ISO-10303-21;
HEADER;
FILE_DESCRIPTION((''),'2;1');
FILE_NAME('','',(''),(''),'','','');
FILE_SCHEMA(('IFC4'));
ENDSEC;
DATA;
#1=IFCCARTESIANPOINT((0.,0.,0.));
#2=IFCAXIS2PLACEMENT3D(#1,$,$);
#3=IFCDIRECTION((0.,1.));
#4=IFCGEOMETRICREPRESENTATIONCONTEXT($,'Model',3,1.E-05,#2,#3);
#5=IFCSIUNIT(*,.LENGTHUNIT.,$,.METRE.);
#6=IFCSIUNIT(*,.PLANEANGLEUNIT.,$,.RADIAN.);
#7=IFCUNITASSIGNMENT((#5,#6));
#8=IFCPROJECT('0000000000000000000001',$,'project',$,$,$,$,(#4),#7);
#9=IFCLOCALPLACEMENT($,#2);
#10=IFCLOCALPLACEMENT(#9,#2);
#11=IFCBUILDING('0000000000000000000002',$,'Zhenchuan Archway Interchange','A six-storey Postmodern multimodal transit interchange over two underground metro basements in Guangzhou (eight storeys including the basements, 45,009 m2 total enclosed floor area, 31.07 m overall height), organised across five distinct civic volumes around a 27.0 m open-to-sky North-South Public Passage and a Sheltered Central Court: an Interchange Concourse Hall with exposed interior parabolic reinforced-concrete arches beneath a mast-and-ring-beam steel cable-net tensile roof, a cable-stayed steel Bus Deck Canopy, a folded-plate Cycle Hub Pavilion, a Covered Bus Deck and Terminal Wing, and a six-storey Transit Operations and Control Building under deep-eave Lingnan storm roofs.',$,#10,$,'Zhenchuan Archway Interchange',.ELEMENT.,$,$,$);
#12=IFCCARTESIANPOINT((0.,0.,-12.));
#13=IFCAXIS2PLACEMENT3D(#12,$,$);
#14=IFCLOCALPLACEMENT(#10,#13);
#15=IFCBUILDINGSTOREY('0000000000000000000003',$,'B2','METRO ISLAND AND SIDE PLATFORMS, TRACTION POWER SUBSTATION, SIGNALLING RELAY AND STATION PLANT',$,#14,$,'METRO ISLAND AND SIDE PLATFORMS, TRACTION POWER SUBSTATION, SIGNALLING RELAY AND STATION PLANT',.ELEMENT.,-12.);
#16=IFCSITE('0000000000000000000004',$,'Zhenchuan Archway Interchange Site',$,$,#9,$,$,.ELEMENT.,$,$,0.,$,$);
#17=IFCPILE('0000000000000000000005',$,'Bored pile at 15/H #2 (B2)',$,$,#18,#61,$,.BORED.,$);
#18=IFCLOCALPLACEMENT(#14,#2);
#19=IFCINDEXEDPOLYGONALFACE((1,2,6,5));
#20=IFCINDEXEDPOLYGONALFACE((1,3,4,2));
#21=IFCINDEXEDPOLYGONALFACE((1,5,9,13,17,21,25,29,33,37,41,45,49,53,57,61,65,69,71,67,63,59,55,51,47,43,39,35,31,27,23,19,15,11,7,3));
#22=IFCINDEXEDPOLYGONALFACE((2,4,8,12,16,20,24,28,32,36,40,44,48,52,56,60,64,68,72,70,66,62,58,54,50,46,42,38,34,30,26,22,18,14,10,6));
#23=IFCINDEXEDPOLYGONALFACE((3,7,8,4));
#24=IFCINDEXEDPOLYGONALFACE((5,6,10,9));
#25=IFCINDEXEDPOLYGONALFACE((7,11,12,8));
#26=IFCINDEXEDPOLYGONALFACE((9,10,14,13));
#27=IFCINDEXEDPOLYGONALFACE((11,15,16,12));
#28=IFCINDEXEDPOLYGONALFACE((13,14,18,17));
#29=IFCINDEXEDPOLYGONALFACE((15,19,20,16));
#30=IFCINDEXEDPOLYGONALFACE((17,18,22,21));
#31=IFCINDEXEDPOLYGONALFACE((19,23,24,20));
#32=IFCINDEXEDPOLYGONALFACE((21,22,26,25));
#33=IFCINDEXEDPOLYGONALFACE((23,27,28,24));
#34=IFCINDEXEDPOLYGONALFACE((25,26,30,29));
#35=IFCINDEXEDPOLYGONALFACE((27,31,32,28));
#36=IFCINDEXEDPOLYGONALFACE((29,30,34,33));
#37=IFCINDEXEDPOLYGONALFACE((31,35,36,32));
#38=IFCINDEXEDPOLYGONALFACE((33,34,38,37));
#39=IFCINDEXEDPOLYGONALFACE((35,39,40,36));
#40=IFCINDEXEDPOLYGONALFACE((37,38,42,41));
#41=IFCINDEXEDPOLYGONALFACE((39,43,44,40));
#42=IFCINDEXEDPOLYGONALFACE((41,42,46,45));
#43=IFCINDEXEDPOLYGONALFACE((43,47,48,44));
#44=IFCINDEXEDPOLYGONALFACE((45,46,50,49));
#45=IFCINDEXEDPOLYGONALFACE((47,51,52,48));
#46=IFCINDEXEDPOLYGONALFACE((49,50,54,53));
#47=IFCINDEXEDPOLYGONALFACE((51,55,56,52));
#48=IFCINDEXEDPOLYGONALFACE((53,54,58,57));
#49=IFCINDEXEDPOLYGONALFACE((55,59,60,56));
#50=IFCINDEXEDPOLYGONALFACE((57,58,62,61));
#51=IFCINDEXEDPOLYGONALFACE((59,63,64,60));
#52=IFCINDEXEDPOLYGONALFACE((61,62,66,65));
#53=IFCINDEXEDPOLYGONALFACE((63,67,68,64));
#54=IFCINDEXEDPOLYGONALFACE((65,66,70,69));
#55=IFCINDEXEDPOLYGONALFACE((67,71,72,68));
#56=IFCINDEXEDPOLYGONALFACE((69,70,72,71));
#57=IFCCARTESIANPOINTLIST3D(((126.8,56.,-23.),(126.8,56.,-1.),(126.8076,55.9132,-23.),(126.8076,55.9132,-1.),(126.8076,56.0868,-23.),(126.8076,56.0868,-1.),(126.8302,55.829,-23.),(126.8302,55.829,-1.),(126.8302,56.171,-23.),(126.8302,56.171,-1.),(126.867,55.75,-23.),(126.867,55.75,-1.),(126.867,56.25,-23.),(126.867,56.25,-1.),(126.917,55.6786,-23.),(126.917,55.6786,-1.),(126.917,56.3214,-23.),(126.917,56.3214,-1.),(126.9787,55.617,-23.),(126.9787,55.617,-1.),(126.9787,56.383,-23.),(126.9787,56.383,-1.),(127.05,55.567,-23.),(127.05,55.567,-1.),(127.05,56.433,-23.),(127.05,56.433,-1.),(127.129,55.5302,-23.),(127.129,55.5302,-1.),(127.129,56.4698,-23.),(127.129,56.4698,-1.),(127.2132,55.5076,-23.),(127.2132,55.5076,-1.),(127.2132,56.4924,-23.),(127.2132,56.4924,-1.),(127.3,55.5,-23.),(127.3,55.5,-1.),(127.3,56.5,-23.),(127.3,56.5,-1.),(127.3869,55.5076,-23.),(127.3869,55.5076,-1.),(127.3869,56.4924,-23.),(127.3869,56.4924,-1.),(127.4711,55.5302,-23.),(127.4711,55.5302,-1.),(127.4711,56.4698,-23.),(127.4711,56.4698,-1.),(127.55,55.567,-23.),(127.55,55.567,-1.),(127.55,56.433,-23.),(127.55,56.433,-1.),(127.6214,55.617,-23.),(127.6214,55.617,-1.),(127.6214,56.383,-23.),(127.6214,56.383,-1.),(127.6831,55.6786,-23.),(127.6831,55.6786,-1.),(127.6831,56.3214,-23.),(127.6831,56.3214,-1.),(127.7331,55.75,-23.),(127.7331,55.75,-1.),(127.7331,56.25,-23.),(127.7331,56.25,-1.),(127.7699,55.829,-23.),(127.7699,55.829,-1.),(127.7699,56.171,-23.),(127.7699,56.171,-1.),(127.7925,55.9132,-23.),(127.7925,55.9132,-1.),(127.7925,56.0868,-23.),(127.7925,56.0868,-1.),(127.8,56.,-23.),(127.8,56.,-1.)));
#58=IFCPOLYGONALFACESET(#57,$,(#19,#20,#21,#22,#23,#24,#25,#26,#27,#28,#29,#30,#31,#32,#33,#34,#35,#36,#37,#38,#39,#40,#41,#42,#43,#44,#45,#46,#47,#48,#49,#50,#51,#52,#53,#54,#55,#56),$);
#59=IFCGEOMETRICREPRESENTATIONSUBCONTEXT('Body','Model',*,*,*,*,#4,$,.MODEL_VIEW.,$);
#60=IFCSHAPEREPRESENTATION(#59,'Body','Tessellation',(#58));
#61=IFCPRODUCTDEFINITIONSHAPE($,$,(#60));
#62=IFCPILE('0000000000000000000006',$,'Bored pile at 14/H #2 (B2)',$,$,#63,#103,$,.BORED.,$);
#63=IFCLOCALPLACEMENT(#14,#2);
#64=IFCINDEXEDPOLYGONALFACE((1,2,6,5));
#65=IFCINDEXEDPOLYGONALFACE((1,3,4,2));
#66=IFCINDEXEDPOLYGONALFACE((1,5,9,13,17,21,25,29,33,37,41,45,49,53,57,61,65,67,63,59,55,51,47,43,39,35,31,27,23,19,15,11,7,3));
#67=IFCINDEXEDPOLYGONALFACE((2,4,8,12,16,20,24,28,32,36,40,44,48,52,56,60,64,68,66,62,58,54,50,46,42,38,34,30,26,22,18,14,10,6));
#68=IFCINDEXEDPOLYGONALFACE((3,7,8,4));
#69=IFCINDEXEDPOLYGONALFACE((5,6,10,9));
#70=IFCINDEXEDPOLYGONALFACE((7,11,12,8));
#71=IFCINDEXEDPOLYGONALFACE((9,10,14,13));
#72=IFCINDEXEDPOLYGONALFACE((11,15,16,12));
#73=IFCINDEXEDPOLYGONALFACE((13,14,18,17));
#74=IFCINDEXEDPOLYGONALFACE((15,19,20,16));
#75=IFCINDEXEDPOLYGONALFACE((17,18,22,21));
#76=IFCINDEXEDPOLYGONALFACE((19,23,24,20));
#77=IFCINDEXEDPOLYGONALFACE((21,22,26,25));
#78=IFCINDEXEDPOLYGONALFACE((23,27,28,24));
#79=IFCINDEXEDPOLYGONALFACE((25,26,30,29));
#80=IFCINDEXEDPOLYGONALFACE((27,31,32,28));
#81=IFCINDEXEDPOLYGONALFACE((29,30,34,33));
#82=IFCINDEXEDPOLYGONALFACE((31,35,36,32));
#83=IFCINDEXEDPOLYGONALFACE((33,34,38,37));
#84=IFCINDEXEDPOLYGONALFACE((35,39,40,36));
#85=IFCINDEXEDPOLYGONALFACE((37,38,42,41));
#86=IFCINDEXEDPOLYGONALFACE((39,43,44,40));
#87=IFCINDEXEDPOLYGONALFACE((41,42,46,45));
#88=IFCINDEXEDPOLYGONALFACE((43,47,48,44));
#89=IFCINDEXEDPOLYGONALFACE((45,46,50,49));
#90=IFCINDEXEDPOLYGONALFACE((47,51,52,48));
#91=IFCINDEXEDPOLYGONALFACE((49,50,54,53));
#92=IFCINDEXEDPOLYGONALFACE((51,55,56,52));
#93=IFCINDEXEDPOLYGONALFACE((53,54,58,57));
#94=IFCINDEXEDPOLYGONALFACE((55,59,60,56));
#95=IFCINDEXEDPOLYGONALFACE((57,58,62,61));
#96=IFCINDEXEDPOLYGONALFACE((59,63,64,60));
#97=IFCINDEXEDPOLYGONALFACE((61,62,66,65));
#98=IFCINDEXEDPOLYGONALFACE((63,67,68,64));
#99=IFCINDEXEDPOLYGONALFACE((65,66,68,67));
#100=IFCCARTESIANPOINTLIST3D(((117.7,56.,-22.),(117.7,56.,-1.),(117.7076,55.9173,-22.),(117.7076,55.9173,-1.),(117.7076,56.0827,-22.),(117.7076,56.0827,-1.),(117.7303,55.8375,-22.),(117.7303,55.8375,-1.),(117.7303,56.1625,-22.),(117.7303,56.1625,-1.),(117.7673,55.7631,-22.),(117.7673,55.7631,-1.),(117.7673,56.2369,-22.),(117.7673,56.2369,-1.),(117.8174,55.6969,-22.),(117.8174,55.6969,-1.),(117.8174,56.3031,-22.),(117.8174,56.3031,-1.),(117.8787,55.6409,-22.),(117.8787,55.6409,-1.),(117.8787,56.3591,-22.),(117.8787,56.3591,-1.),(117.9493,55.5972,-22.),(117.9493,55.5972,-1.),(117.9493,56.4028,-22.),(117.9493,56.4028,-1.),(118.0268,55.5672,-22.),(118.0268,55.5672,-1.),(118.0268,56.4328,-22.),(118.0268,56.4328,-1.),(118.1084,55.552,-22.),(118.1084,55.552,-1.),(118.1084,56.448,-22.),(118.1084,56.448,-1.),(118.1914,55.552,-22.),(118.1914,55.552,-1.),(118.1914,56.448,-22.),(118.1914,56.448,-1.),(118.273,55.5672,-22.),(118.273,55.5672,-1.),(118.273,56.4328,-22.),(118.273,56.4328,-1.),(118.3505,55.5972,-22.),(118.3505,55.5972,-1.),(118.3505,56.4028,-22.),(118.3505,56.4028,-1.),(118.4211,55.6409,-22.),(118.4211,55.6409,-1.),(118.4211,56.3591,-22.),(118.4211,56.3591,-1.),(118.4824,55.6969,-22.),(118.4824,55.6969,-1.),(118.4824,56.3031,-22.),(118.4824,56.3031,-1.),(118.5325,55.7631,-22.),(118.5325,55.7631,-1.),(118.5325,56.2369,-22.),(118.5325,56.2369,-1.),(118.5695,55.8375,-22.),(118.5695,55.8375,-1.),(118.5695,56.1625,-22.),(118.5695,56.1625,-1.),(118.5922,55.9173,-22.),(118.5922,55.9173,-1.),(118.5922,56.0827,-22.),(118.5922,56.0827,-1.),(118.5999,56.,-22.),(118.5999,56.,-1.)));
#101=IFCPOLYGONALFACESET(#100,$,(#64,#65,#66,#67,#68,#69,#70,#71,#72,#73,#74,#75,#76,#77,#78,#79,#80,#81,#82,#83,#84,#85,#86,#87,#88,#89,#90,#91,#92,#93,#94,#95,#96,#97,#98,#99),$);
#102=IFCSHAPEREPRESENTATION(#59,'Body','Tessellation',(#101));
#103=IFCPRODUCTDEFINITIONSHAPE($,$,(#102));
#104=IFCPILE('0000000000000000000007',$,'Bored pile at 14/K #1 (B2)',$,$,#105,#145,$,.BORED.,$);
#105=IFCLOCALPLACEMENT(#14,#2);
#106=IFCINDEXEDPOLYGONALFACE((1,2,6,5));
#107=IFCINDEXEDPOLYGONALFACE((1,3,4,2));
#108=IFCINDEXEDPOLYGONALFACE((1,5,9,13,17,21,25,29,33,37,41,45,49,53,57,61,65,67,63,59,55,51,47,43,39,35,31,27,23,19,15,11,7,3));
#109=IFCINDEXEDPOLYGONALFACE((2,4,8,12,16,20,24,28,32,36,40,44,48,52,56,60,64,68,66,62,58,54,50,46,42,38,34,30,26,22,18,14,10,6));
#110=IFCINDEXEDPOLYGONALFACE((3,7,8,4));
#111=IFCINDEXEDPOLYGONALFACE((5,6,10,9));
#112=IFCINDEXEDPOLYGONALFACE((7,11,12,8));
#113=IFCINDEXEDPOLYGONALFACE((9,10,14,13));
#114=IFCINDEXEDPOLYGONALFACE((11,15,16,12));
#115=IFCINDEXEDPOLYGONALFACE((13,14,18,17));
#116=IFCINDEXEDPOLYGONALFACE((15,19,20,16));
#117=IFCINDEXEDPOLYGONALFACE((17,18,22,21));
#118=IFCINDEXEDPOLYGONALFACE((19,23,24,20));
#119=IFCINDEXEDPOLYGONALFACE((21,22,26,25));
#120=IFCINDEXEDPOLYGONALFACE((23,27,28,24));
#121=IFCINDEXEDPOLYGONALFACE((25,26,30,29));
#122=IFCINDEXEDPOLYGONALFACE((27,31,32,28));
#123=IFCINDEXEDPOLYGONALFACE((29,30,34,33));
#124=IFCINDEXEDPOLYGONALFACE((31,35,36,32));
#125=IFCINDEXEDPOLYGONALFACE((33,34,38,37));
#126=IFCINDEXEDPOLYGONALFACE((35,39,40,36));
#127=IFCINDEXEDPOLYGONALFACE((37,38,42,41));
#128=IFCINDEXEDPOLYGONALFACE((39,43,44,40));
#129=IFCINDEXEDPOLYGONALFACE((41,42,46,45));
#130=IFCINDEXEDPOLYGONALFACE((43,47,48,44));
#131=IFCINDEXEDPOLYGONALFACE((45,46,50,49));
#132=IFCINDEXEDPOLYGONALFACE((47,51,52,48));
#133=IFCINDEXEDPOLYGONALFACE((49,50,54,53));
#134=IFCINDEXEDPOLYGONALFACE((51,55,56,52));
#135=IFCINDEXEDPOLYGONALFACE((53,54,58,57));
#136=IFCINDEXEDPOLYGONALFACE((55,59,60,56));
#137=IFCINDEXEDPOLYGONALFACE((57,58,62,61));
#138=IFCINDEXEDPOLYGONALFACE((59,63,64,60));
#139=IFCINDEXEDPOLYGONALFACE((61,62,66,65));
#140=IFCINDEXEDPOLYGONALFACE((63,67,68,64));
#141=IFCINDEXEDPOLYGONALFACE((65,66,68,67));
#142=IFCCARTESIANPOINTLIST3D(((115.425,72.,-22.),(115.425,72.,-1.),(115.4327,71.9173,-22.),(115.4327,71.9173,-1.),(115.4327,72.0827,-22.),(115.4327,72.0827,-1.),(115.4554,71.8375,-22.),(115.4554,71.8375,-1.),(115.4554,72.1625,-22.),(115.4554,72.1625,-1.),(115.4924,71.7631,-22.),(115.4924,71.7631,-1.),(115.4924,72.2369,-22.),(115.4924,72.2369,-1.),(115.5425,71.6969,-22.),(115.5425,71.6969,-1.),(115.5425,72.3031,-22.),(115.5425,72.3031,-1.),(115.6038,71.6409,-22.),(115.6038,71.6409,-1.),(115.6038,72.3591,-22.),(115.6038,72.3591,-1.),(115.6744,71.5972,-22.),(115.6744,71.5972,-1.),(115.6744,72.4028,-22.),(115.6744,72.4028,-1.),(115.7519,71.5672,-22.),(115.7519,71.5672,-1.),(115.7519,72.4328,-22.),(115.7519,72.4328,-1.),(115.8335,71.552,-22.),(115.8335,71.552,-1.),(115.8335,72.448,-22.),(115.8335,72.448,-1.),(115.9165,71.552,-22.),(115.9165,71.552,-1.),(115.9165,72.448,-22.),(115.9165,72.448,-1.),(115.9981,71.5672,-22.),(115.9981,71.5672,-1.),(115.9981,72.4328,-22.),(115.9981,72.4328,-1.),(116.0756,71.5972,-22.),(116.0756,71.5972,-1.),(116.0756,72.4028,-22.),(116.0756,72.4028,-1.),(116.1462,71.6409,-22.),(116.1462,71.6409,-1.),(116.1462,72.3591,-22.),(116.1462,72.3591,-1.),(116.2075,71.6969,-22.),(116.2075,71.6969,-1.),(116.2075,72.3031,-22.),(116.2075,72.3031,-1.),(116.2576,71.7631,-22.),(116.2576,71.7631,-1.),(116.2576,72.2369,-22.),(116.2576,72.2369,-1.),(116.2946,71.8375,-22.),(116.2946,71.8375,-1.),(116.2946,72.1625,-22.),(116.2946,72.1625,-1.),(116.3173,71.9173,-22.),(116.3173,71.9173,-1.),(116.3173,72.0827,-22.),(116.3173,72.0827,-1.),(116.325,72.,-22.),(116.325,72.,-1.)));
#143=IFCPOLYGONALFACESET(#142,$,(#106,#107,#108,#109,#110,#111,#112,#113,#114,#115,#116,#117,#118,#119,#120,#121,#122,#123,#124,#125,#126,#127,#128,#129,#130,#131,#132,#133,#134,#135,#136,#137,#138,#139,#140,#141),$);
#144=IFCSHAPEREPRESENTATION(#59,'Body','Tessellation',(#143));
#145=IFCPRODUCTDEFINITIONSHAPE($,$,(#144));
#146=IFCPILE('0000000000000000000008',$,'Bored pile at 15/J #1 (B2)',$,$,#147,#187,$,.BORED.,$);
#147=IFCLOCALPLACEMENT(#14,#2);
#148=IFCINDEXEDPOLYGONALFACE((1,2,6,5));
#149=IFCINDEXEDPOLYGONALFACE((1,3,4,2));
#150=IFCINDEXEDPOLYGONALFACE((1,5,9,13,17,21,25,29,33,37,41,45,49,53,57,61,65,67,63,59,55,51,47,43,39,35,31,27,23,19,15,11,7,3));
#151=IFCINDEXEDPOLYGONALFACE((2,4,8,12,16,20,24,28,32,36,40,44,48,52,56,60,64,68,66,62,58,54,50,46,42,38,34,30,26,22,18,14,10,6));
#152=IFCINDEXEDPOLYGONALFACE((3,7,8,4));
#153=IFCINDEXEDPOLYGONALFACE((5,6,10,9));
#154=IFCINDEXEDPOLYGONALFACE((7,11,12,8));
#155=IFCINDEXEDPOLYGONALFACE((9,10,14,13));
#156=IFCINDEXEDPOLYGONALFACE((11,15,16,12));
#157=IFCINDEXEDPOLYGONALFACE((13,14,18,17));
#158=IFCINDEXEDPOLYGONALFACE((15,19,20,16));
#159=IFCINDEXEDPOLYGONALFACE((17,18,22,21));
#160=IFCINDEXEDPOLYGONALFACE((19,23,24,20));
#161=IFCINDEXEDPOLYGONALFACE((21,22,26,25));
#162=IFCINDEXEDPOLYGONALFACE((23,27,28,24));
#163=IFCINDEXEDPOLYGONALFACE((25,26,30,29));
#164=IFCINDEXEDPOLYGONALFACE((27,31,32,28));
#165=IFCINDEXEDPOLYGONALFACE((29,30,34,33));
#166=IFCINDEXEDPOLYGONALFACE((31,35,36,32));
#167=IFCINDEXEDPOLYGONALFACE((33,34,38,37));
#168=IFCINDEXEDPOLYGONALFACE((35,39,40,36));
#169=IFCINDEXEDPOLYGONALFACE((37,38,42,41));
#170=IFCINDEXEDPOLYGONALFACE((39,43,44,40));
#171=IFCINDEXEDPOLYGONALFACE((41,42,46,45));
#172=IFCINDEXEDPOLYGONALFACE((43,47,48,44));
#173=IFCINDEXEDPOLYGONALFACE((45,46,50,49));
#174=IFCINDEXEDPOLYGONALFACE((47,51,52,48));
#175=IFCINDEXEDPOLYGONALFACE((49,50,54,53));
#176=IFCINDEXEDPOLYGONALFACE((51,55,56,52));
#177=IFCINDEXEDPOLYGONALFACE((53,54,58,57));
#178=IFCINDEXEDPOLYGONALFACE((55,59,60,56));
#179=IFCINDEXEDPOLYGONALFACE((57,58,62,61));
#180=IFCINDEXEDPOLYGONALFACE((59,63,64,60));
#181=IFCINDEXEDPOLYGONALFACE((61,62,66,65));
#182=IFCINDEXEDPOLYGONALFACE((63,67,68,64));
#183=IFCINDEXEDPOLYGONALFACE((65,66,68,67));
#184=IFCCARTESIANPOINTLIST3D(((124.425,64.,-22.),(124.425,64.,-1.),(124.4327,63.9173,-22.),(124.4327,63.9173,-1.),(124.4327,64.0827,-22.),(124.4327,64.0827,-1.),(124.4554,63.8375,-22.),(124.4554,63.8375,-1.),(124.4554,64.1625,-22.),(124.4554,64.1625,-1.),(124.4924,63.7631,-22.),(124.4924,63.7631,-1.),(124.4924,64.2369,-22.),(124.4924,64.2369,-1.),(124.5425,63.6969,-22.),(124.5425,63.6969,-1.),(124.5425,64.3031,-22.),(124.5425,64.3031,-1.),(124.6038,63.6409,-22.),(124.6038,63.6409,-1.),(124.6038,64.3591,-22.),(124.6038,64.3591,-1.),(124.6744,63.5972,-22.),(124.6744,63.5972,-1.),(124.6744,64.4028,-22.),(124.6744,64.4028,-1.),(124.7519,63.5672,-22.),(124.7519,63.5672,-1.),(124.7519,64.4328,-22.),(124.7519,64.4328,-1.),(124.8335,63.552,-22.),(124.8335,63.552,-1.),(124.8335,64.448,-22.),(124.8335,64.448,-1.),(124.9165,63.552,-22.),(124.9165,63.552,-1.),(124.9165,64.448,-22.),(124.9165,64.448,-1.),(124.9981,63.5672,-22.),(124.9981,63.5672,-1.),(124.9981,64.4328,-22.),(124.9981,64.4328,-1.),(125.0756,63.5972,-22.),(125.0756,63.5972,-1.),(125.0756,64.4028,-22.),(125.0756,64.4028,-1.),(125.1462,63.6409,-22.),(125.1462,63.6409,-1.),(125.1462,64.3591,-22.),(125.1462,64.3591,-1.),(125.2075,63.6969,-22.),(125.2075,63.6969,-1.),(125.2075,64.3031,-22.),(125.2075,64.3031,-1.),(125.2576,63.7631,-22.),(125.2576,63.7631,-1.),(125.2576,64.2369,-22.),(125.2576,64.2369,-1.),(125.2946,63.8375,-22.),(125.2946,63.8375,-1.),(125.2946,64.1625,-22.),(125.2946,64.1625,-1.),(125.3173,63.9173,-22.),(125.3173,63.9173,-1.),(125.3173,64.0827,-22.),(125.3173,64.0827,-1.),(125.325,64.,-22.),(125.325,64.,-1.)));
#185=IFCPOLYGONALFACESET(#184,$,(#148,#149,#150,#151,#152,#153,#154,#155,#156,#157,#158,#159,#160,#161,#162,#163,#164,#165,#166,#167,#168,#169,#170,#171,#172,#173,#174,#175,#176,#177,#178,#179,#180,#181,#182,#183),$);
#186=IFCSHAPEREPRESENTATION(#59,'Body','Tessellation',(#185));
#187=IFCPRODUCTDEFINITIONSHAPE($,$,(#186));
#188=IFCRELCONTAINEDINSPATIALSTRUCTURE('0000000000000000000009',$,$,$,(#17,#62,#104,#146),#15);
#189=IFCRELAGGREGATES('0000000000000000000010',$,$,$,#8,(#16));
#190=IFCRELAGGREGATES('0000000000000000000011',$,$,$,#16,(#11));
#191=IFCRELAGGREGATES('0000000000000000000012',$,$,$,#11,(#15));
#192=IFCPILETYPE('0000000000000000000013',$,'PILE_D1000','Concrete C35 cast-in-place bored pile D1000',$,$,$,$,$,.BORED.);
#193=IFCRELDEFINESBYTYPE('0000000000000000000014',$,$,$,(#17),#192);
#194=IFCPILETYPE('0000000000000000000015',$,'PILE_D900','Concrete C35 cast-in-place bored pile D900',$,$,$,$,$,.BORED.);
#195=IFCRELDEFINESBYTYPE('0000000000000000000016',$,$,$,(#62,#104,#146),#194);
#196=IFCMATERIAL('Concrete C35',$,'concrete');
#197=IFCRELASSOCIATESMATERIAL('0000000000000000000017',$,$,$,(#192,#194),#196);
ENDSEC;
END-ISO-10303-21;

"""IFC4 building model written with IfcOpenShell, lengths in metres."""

from ifc_helpers import new_model, si_unit, direction, frame, origin, origin_2d, place, context, subcontext, project, spatial, circle, extrude, material, material_profile, profile_set, type_object, element, save


model = new_model("IFC4")

# Units and contexts
model_context = context("Model", 3, precision=1e-05, world=origin(), true_north=direction((0.0, 1.0)))
body_context = subcontext(model_context, "Body", "Model", "MODEL_VIEW")
ifc_project = project(units=[si_unit("LENGTHUNIT", "METRE"), si_unit("PLANEANGLEUNIT", "RADIAN")], contexts=[model_context])

# Site, building, storey
site_placement = place(None, origin())
site = spatial("IfcSite", under=ifc_project, at=site_placement, Name="Zhenchuan Archway Interchange Site", CompositionType="ELEMENT", RefElevation=0.0)
building_placement = place(site_placement, origin())
building = spatial("IfcBuilding", under=site, at=building_placement, Name="Zhenchuan Archway Interchange", Description="A six-storey Postmodern multimodal transit interchange over two underground metro basements in Guangzhou (eight storeys including the basements, 45,009 m2 total enclosed floor area, 31.07 m overall height), organised across five distinct civic volumes around a 27.0 m open-to-sky North-South Public Passage and a Sheltered Central Court: an Interchange Concourse Hall with exposed interior parabolic reinforced-concrete arches beneath a mast-and-ring-beam steel cable-net tensile roof, a cable-stayed steel Bus Deck Canopy, a folded-plate Cycle Hub Pavilion, a Covered Bus Deck and Terminal Wing, and a six-storey Transit Operations and Control Building under deep-eave Lingnan storm roofs.", LongName="Zhenchuan Archway Interchange", CompositionType="ELEMENT")
storey_placement = place(building_placement, frame((0.0, 0.0, -12.0)))
storey = spatial("IfcBuildingStorey", under=building, at=storey_placement, Name="B2", Description="METRO ISLAND AND SIDE PLATFORMS, TRACTION POWER SUBSTATION, SIGNALLING RELAY AND STATION PLANT", LongName="METRO ISLAND AND SIDE PLATFORMS, TRACTION POWER SUBSTATION, SIGNALLING RELAY AND STATION PLANT", CompositionType="ELEMENT", Elevation=-12.0)

# Piles
ifc_material_1 = material(Name="Concrete C35", Category="concrete")
ifc_material_profile_1 = material_profile(ifc_material_1, circle(Radius=0.5, at=origin_2d()), Name="BORED PILE 1000")
ifc_profile_set_1 = profile_set([ifc_material_profile_1], Name="Concrete C35")
pile_type_1 = type_object("IfcPileType", Name="PILE_D1000", Description="Concrete C35 cast-in-place bored pile D1000", PredefinedType="BORED", material=ifc_profile_set_1)
for number, where, z_axis, x_axis, name in (
    (1, (127.3, 56.0, -1.0), (0.0, 0.0, -1.0), (1.0, 0.0, 0.0), "Bored pile at 15/H #2 (B2)"),
):
    element("IfcPile", number, at=place(storey_placement, frame(where, z_axis=z_axis, x_axis=x_axis)), inside=storey, type_object=pile_type_1, Name=name, PredefinedType="BORED", context=body_context, shape_type="SweptSolid", body=[
        extrude(circle(Radius=0.5, at=origin_2d()), origin(), (0.0, 0.0, 1.0), 22.0),
    ])
ifc_material_profile_2 = material_profile(ifc_material_1, circle(Radius=0.45, at=origin_2d()), Name="BORED PILE 900")
ifc_profile_set_2 = profile_set([ifc_material_profile_2], Name="Concrete C35")
pile_type_2 = type_object("IfcPileType", Name="PILE_D900", Description="Concrete C35 cast-in-place bored pile D900", PredefinedType="BORED", material=ifc_profile_set_2)
for number, where, z_axis, x_axis, name in (
    (2, (118.1499, 56.0, -1.0), (0.0, 0.0, -1.0), (1.0, 0.0, 0.0), "Bored pile at 14/H #2 (B2)"),
    (3, (115.875, 72.0, -1.0), (0.0, 0.0, -1.0), (1.0, 0.0, 0.0), "Bored pile at 14/K #1 (B2)"),
    (4, (124.875, 64.0, -1.0), (0.0, 0.0, -1.0), (1.0, 0.0, 0.0), "Bored pile at 15/J #1 (B2)"),
):
    element("IfcPile", number, at=place(storey_placement, frame(where, z_axis=z_axis, x_axis=x_axis)), inside=storey, type_object=pile_type_2, Name=name, PredefinedType="BORED", context=body_context, shape_type="SweptSolid", body=[
        extrude(circle(Radius=0.45, at=origin_2d()), origin(), (0.0, 0.0, 1.0), 21.0),
    ])

save(model, "model.ifc")
